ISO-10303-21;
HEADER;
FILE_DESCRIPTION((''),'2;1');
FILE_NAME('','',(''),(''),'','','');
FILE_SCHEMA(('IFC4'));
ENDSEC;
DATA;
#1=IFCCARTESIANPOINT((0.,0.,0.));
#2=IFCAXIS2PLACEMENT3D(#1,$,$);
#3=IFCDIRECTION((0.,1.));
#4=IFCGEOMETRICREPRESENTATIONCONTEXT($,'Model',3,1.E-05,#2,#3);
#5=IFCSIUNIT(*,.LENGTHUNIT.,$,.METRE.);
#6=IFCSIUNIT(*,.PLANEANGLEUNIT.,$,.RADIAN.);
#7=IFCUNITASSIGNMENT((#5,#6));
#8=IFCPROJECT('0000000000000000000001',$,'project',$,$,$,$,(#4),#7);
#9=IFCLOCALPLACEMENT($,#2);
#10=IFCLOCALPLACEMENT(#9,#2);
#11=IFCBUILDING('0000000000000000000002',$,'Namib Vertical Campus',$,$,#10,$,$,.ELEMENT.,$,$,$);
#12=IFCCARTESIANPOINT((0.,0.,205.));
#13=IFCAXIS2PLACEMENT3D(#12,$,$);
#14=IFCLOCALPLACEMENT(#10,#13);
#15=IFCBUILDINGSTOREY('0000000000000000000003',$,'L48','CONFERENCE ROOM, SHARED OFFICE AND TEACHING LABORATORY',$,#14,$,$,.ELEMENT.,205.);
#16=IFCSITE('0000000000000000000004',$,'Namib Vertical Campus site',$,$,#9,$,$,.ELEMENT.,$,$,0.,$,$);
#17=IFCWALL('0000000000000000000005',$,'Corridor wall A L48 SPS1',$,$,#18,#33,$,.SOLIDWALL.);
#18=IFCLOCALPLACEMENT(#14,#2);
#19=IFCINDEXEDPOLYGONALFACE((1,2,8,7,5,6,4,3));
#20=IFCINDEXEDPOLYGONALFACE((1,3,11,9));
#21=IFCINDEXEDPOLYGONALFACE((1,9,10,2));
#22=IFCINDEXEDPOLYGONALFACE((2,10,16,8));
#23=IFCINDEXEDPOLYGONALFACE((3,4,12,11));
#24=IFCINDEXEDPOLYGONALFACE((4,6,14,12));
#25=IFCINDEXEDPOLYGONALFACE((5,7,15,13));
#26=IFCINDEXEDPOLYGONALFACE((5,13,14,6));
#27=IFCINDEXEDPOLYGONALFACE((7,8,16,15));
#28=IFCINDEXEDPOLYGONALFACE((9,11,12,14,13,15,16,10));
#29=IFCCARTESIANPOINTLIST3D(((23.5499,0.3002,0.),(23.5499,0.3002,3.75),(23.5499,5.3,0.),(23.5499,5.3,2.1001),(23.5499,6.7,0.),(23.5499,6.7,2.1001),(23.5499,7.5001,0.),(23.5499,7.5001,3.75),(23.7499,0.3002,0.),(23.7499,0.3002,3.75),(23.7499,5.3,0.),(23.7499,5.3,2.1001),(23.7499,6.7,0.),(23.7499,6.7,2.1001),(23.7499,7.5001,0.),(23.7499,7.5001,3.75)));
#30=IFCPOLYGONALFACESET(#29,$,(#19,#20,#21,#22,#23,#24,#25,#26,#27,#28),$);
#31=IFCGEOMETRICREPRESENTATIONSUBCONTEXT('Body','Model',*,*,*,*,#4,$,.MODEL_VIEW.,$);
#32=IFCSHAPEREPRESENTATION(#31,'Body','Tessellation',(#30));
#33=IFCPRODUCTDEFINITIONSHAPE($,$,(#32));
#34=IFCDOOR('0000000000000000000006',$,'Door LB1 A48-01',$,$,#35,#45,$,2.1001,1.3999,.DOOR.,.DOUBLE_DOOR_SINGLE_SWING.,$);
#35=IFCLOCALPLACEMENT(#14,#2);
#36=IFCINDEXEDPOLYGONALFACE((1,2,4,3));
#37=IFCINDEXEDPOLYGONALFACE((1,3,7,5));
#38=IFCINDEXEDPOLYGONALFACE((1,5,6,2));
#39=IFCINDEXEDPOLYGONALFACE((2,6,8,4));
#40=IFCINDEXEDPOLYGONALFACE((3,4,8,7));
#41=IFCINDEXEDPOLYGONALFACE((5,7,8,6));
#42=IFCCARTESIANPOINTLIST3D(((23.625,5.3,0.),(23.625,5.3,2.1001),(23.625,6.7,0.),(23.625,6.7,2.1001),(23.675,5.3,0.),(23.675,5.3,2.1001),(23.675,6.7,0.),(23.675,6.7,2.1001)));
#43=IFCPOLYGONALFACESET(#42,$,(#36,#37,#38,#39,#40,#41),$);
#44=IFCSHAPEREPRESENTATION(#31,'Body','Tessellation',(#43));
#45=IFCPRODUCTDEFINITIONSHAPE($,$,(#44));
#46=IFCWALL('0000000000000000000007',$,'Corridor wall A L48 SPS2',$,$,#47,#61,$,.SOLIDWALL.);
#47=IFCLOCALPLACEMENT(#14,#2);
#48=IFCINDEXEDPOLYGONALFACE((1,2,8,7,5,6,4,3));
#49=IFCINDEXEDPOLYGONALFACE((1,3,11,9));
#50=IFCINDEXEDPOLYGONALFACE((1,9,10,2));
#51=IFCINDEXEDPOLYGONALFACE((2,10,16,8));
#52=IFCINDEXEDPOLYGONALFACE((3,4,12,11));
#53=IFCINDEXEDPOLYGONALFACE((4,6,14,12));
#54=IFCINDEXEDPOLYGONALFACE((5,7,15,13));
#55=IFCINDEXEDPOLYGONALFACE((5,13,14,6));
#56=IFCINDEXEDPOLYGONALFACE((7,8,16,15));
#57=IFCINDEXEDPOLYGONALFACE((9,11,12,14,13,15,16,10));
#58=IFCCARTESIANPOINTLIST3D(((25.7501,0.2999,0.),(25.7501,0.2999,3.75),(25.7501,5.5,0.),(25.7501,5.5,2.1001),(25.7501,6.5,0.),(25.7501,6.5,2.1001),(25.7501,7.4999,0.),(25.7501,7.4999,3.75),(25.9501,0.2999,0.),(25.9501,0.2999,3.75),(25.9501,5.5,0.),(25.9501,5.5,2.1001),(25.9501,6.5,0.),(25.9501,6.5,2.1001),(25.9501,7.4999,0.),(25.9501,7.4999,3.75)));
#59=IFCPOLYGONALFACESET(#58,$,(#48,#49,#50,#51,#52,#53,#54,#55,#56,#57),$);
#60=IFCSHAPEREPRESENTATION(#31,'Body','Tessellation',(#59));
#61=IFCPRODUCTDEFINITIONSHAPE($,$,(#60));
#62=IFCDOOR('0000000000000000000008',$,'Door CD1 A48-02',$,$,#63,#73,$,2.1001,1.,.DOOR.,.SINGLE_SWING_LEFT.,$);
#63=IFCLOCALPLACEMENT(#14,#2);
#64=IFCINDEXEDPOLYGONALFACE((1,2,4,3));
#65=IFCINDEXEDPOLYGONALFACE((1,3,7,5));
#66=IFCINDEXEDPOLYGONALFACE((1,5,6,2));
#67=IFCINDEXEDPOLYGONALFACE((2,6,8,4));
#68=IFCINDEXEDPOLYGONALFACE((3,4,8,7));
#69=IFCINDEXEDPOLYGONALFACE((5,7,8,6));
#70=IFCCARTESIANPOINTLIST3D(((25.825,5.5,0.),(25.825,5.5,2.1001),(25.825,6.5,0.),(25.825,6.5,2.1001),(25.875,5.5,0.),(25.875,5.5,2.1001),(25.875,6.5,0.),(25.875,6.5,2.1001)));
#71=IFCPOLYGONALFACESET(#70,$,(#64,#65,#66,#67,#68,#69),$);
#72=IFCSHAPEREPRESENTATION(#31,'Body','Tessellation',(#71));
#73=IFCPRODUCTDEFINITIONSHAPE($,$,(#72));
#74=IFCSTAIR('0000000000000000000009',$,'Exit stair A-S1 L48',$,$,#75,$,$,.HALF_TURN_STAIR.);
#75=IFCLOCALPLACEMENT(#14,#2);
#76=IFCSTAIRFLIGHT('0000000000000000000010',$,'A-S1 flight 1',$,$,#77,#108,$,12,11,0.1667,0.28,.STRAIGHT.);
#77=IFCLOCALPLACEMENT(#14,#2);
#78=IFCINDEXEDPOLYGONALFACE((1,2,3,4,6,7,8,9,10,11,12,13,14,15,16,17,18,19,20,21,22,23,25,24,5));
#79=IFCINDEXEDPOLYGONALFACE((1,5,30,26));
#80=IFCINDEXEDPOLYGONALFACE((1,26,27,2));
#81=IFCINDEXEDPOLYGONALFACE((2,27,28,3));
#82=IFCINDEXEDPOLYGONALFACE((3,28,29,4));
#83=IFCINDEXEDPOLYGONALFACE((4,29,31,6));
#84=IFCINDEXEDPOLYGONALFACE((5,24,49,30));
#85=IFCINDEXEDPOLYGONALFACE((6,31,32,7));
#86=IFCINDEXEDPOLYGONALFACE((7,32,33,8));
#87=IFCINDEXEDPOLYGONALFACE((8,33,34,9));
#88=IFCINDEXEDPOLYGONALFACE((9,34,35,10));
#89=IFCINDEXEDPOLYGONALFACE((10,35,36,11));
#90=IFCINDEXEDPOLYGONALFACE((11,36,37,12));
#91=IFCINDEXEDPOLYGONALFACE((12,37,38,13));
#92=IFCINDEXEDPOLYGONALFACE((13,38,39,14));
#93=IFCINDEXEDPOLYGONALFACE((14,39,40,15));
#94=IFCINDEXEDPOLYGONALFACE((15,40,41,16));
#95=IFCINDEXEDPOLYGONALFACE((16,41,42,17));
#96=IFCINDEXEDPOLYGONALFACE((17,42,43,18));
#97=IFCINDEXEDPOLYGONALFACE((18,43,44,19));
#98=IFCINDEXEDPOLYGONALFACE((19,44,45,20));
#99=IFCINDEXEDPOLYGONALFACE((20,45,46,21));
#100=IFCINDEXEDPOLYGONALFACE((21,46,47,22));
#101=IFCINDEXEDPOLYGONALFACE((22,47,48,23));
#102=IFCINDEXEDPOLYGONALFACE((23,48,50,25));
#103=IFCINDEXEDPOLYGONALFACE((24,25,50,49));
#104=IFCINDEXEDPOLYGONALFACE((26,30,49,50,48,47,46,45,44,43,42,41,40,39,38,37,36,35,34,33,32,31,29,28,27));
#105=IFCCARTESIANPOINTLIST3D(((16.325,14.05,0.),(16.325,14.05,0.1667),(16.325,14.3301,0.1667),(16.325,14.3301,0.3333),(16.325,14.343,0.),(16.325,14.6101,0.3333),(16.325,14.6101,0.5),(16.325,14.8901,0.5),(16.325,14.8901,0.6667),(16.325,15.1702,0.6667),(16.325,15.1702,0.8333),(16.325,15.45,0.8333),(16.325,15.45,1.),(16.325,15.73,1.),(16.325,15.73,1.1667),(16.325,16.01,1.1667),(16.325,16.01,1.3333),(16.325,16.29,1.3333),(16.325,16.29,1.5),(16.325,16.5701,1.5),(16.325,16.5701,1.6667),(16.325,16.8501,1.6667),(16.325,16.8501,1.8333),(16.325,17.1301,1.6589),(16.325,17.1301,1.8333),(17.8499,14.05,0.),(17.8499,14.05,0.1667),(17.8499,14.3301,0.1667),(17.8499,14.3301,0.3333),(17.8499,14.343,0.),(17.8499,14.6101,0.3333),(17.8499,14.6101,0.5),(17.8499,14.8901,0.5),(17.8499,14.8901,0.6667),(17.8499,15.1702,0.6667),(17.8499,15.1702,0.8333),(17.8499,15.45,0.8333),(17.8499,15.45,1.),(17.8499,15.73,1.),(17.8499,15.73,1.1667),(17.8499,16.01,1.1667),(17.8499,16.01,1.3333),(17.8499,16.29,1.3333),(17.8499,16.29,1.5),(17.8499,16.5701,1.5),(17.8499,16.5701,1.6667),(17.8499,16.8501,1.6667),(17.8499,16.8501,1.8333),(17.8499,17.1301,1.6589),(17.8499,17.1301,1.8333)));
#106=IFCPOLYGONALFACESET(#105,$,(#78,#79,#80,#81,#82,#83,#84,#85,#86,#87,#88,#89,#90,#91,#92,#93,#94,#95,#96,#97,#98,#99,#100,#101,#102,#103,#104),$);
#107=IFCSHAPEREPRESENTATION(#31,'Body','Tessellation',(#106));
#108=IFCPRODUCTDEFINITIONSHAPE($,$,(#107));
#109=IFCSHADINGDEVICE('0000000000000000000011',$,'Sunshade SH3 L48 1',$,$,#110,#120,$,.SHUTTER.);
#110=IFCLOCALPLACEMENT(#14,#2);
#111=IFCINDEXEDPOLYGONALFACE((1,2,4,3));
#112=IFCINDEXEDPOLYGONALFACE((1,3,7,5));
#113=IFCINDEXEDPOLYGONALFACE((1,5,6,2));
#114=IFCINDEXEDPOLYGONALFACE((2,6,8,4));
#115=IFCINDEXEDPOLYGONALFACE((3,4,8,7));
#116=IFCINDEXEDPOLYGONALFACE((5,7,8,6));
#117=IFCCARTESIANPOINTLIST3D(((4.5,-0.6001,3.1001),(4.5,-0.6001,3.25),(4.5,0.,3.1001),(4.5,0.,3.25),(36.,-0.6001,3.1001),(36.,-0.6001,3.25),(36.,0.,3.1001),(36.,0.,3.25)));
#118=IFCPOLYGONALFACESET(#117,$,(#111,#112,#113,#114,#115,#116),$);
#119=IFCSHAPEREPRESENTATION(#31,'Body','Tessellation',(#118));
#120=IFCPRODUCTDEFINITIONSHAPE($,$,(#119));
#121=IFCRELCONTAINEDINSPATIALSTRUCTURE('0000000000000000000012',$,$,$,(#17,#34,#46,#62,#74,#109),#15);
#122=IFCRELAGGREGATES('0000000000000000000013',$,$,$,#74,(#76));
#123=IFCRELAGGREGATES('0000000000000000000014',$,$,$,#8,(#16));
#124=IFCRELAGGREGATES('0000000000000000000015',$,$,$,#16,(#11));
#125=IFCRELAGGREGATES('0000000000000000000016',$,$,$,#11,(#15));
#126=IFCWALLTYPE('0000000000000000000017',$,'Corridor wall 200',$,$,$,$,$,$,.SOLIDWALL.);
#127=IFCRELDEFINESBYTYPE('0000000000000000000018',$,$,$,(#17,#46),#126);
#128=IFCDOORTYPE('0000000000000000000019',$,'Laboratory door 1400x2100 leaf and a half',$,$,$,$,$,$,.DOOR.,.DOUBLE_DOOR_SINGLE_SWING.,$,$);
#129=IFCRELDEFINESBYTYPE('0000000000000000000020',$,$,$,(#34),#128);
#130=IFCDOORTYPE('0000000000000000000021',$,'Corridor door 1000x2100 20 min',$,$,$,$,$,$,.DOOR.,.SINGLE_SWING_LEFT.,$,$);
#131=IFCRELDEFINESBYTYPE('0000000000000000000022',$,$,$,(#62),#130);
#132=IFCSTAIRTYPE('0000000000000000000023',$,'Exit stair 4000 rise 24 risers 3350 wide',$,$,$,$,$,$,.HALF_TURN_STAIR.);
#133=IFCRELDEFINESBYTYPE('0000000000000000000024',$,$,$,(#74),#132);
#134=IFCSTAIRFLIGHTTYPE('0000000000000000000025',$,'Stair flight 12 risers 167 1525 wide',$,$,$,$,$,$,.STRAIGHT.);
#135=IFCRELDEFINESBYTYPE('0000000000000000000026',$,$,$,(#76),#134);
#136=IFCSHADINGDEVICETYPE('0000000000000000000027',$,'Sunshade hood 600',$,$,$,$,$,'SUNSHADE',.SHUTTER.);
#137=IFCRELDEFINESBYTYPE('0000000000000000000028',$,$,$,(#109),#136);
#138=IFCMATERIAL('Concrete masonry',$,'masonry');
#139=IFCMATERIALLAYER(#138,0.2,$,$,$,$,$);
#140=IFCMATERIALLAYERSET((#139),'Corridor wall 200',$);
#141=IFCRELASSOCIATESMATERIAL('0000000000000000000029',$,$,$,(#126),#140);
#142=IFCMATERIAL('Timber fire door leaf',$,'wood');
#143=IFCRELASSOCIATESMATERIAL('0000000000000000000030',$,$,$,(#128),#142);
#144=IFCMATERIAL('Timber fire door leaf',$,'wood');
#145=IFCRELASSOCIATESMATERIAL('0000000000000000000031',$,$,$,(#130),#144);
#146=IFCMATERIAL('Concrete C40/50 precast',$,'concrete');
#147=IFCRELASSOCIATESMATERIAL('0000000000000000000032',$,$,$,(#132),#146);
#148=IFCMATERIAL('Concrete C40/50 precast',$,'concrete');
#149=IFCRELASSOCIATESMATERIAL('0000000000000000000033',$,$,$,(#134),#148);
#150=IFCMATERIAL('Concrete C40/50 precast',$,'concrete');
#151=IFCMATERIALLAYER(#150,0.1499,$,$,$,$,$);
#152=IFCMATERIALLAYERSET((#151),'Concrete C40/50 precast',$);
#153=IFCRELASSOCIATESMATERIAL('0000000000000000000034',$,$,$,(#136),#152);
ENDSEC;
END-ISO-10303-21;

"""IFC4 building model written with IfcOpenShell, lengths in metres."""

from ifc_helpers import new_model, si_unit, direction, frame, frame_2d, origin, origin_2d, place, context, subcontext, project, spatial, polyline, rectangle, outline, extrude, material, layer, layer_set, type_object, element, fill, aggregate, save


model = new_model("IFC4")

# Units and contexts
model_context = context("Model", 3, precision=1e-05, world=origin(), true_north=direction((0.0, 1.0)))
body_context = subcontext(model_context, "Body", "Model", "MODEL_VIEW")
ifc_project = project(units=[si_unit("LENGTHUNIT", "METRE"), si_unit("PLANEANGLEUNIT", "RADIAN")], contexts=[model_context])

# Site, building, storey
site_placement = place(None, origin())
site = spatial("IfcSite", under=ifc_project, at=site_placement, Name="Namib Vertical Campus site", CompositionType="ELEMENT", RefElevation=0.0)
building_placement = place(site_placement, origin())
building = spatial("IfcBuilding", under=site, at=building_placement, Name="Namib Vertical Campus", CompositionType="ELEMENT")
storey_placement = place(building_placement, frame((0.0, 0.0, 205.0)))
storey = spatial("IfcBuildingStorey", under=building, at=storey_placement, Name="L48", Description="CONFERENCE ROOM, SHARED OFFICE AND TEACHING LABORATORY", CompositionType="ELEMENT", Elevation=205.0)

# Walls, openings, doors
ifc_material_1 = material(Name="Concrete masonry", Category="masonry")
ifc_layer_1 = layer(ifc_material_1, 0.2)
ifc_layer_set_1 = layer_set([ifc_layer_1], Name="Corridor wall 200")
wall_type_1 = type_object("IfcWallType", Name="Corridor wall 200", PredefinedType="SOLIDWALL", material=ifc_layer_set_1)
wall_1_placement = place(storey_placement, frame((23.6499, 0.3, 0.0), z_axis=(0.0, 0.0, 1.0), x_axis=(0.0, 1.0, 0.0)))
wall_1 = element("IfcWall", 1, at=wall_1_placement, inside=storey, type_object=wall_type_1, Name="Corridor wall A L48 SPS1", PredefinedType="SOLIDWALL", context=body_context, shape_type="SweptSolid", body=[
    extrude(rectangle(XDim=7.2, YDim=0.2, at=frame_2d((3.6001, 0.0))), origin(), (0.0, 0.0, 1.0), 3.75),
])
opening_1_placement = place(wall_1_placement, frame((5.0, 0.0, 0.0)))
opening_1 = element("IfcOpeningElement", 2, at=opening_1_placement, cuts=wall_1, PredefinedType="OPENING", context=body_context, shape_type="SweptSolid", body=[
    extrude(rectangle(XDim=1.3999, YDim=2.1001, at=frame_2d((0.7, 1.05))), frame((0.0, 0.1099, 0.0), z_axis=(0.0, -1.0, 0.0), x_axis=(1.0, 0.0, 0.0)), (0.0, 0.0, 1.0), 0.22),
])
ifc_material_2 = material(Name="Timber fire door leaf", Category="wood")
door_type_1 = type_object("IfcDoorType", Name="Laboratory door 1400x2100 leaf and a half", OperationType="DOUBLE_DOOR_SINGLE_SWING", PredefinedType="DOOR", material=ifc_material_2)
door_1_placement = place(opening_1_placement, origin())
door_1 = element("IfcDoor", 3, at=door_1_placement, inside=storey, type_object=door_type_1, Name="Door LB1 A48-01", OperationType="DOUBLE_DOOR_SINGLE_SWING", OverallHeight=2.1001, OverallWidth=1.3999, PredefinedType="DOOR", context=body_context, shape_type="SweptSolid", body=[
    extrude(rectangle(XDim=1.3999, YDim=2.1001, at=frame_2d((0.7, 1.05))), frame((0.0, 0.0249, 0.0), z_axis=(0.0, -1.0, 0.0), x_axis=(1.0, 0.0, 0.0)), (0.0, 0.0, 1.0), 0.05),
])
fill(opening_1, door_1)
wall_2_placement = place(storey_placement, frame((25.8501, 7.5, 0.0), z_axis=(0.0, 0.0, 1.0), x_axis=(0.0, -1.0, 0.0)))
wall_2 = element("IfcWall", 4, at=wall_2_placement, inside=storey, type_object=wall_type_1, Name="Corridor wall A L48 SPS2", PredefinedType="SOLIDWALL", context=body_context, shape_type="SweptSolid", body=[
    extrude(rectangle(XDim=7.2, YDim=0.2, at=frame_2d((3.6001, 0.0))), origin(), (0.0, 0.0, 1.0), 3.75),
])
opening_2_placement = place(wall_2_placement, frame((1.0, 0.0, 0.0)))
opening_2 = element("IfcOpeningElement", 5, at=opening_2_placement, cuts=wall_2, PredefinedType="OPENING", context=body_context, shape_type="SweptSolid", body=[
    extrude(rectangle(XDim=1.0, YDim=2.1001, at=frame_2d((0.5, 1.05))), frame((0.0, 0.1099, 0.0), z_axis=(0.0, -1.0, 0.0), x_axis=(1.0, 0.0, 0.0)), (0.0, 0.0, 1.0), 0.22),
])
ifc_material_3 = material(Name="Timber fire door leaf", Category="wood")
door_type_2 = type_object("IfcDoorType", Name="Corridor door 1000x2100 20 min", OperationType="SINGLE_SWING_LEFT", PredefinedType="DOOR", material=ifc_material_3)
door_2_placement = place(opening_2_placement, origin())
door_2 = element("IfcDoor", 6, at=door_2_placement, inside=storey, type_object=door_type_2, Name="Door CD1 A48-02", OperationType="SINGLE_SWING_LEFT", OverallHeight=2.1001, OverallWidth=1.0, PredefinedType="DOOR", context=body_context, shape_type="SweptSolid", body=[
    extrude(rectangle(XDim=1.0, YDim=2.1001, at=frame_2d((0.5, 1.05))), frame((0.0, 0.0249, 0.0), z_axis=(0.0, -1.0, 0.0), x_axis=(1.0, 0.0, 0.0)), (0.0, 0.0, 1.0), 0.05),
])
fill(opening_2, door_2)

# Stair, stair flight
ifc_material_4 = material(Name="Concrete C40/50 precast", Category="concrete")
stair_type = type_object("IfcStairType", Name="Exit stair 4000 rise 24 risers 3350 wide", PredefinedType="HALF_TURN_STAIR", material=ifc_material_4)
stair_placement = place(storey_placement, origin())
stair = element("IfcStair", 7, at=stair_placement, inside=storey, type_object=stair_type, Name="Exit stair A-S1 L48", PredefinedType="HALF_TURN_STAIR")
ifc_material_5 = material(Name="Concrete C40/50 precast", Category="concrete")
stair_flight_type = type_object("IfcStairFlightType", Name="Stair flight 12 risers 167 1525 wide", PredefinedType="STRAIGHT", material=ifc_material_5)
stair_flight_placement = place(storey_placement, frame((17.0874, 14.05, 0.0), z_axis=(0.0, 0.0, 1.0), x_axis=(0.0, 1.0, 0.0)))
stair_flight = element("IfcStairFlight", 8, at=stair_flight_placement, type_object=stair_flight_type, Name="A-S1 flight 1", NumberOfRisers=12, NumberOfTreads=11, PredefinedType="STRAIGHT", RiserHeight=0.1667, TreadLength=0.28, context=body_context, shape_type="SweptSolid", body=[
    extrude(outline(polyline([(0.0, 0.0), (0.0, 0.1667), (0.28, 0.1667), (0.28, 0.3333), (0.5601, 0.3333), (0.5601, 0.5), (0.8401, 0.5), (0.8401, 0.6667), (1.1201, 0.6667), (1.1201, 0.8333), (1.3999, 0.8333), (1.3999, 1.0), (1.6799, 1.0), (1.6799, 1.1667), (1.96, 1.1667), (1.96, 1.3333), (2.24, 1.3333), (2.24, 1.5), (2.52, 1.5), (2.52, 1.6667), (2.8, 1.6667), (2.8, 1.8333), (3.0801, 1.8333), (3.0801, 2.0), (3.0801, 1.6589), (0.293, 0.0), (0.0, 0.0)])), frame((0.0, 0.7625, 0.0), z_axis=(0.0, -1.0, 0.0), x_axis=(1.0, 0.0, 0.0)), (0.0, 0.0, 1.0), 1.5249),
])
aggregate(stair, [stair_flight])

# Shading device
ifc_material_6 = material(Name="Concrete C40/50 precast", Category="concrete")
ifc_layer_2 = layer(ifc_material_6, 0.1499)
ifc_layer_set_2 = layer_set([ifc_layer_2], Name="Concrete C40/50 precast")
shading_device_type = type_object("IfcShadingDeviceType", Name="Sunshade hood 600", ElementType="SUNSHADE", PredefinedType="SHUTTER", material=ifc_layer_set_2)
shading_device_placement = place(storey_placement, frame((20.25, -0.3, 3.1001), z_axis=(0.0, 0.0, 1.0), x_axis=(1.0, 0.0, 0.0)))
element("IfcShadingDevice", 9, at=shading_device_placement, inside=storey, type_object=shading_device_type, Name="Sunshade SH3 L48 1", PredefinedType="SHUTTER", context=body_context, shape_type="SweptSolid", body=[
    extrude(rectangle(XDim=31.5, YDim=0.6001, at=origin_2d()), origin(), (0.0, 0.0, 1.0), 0.1499),
])

save(model, "model.ifc")
